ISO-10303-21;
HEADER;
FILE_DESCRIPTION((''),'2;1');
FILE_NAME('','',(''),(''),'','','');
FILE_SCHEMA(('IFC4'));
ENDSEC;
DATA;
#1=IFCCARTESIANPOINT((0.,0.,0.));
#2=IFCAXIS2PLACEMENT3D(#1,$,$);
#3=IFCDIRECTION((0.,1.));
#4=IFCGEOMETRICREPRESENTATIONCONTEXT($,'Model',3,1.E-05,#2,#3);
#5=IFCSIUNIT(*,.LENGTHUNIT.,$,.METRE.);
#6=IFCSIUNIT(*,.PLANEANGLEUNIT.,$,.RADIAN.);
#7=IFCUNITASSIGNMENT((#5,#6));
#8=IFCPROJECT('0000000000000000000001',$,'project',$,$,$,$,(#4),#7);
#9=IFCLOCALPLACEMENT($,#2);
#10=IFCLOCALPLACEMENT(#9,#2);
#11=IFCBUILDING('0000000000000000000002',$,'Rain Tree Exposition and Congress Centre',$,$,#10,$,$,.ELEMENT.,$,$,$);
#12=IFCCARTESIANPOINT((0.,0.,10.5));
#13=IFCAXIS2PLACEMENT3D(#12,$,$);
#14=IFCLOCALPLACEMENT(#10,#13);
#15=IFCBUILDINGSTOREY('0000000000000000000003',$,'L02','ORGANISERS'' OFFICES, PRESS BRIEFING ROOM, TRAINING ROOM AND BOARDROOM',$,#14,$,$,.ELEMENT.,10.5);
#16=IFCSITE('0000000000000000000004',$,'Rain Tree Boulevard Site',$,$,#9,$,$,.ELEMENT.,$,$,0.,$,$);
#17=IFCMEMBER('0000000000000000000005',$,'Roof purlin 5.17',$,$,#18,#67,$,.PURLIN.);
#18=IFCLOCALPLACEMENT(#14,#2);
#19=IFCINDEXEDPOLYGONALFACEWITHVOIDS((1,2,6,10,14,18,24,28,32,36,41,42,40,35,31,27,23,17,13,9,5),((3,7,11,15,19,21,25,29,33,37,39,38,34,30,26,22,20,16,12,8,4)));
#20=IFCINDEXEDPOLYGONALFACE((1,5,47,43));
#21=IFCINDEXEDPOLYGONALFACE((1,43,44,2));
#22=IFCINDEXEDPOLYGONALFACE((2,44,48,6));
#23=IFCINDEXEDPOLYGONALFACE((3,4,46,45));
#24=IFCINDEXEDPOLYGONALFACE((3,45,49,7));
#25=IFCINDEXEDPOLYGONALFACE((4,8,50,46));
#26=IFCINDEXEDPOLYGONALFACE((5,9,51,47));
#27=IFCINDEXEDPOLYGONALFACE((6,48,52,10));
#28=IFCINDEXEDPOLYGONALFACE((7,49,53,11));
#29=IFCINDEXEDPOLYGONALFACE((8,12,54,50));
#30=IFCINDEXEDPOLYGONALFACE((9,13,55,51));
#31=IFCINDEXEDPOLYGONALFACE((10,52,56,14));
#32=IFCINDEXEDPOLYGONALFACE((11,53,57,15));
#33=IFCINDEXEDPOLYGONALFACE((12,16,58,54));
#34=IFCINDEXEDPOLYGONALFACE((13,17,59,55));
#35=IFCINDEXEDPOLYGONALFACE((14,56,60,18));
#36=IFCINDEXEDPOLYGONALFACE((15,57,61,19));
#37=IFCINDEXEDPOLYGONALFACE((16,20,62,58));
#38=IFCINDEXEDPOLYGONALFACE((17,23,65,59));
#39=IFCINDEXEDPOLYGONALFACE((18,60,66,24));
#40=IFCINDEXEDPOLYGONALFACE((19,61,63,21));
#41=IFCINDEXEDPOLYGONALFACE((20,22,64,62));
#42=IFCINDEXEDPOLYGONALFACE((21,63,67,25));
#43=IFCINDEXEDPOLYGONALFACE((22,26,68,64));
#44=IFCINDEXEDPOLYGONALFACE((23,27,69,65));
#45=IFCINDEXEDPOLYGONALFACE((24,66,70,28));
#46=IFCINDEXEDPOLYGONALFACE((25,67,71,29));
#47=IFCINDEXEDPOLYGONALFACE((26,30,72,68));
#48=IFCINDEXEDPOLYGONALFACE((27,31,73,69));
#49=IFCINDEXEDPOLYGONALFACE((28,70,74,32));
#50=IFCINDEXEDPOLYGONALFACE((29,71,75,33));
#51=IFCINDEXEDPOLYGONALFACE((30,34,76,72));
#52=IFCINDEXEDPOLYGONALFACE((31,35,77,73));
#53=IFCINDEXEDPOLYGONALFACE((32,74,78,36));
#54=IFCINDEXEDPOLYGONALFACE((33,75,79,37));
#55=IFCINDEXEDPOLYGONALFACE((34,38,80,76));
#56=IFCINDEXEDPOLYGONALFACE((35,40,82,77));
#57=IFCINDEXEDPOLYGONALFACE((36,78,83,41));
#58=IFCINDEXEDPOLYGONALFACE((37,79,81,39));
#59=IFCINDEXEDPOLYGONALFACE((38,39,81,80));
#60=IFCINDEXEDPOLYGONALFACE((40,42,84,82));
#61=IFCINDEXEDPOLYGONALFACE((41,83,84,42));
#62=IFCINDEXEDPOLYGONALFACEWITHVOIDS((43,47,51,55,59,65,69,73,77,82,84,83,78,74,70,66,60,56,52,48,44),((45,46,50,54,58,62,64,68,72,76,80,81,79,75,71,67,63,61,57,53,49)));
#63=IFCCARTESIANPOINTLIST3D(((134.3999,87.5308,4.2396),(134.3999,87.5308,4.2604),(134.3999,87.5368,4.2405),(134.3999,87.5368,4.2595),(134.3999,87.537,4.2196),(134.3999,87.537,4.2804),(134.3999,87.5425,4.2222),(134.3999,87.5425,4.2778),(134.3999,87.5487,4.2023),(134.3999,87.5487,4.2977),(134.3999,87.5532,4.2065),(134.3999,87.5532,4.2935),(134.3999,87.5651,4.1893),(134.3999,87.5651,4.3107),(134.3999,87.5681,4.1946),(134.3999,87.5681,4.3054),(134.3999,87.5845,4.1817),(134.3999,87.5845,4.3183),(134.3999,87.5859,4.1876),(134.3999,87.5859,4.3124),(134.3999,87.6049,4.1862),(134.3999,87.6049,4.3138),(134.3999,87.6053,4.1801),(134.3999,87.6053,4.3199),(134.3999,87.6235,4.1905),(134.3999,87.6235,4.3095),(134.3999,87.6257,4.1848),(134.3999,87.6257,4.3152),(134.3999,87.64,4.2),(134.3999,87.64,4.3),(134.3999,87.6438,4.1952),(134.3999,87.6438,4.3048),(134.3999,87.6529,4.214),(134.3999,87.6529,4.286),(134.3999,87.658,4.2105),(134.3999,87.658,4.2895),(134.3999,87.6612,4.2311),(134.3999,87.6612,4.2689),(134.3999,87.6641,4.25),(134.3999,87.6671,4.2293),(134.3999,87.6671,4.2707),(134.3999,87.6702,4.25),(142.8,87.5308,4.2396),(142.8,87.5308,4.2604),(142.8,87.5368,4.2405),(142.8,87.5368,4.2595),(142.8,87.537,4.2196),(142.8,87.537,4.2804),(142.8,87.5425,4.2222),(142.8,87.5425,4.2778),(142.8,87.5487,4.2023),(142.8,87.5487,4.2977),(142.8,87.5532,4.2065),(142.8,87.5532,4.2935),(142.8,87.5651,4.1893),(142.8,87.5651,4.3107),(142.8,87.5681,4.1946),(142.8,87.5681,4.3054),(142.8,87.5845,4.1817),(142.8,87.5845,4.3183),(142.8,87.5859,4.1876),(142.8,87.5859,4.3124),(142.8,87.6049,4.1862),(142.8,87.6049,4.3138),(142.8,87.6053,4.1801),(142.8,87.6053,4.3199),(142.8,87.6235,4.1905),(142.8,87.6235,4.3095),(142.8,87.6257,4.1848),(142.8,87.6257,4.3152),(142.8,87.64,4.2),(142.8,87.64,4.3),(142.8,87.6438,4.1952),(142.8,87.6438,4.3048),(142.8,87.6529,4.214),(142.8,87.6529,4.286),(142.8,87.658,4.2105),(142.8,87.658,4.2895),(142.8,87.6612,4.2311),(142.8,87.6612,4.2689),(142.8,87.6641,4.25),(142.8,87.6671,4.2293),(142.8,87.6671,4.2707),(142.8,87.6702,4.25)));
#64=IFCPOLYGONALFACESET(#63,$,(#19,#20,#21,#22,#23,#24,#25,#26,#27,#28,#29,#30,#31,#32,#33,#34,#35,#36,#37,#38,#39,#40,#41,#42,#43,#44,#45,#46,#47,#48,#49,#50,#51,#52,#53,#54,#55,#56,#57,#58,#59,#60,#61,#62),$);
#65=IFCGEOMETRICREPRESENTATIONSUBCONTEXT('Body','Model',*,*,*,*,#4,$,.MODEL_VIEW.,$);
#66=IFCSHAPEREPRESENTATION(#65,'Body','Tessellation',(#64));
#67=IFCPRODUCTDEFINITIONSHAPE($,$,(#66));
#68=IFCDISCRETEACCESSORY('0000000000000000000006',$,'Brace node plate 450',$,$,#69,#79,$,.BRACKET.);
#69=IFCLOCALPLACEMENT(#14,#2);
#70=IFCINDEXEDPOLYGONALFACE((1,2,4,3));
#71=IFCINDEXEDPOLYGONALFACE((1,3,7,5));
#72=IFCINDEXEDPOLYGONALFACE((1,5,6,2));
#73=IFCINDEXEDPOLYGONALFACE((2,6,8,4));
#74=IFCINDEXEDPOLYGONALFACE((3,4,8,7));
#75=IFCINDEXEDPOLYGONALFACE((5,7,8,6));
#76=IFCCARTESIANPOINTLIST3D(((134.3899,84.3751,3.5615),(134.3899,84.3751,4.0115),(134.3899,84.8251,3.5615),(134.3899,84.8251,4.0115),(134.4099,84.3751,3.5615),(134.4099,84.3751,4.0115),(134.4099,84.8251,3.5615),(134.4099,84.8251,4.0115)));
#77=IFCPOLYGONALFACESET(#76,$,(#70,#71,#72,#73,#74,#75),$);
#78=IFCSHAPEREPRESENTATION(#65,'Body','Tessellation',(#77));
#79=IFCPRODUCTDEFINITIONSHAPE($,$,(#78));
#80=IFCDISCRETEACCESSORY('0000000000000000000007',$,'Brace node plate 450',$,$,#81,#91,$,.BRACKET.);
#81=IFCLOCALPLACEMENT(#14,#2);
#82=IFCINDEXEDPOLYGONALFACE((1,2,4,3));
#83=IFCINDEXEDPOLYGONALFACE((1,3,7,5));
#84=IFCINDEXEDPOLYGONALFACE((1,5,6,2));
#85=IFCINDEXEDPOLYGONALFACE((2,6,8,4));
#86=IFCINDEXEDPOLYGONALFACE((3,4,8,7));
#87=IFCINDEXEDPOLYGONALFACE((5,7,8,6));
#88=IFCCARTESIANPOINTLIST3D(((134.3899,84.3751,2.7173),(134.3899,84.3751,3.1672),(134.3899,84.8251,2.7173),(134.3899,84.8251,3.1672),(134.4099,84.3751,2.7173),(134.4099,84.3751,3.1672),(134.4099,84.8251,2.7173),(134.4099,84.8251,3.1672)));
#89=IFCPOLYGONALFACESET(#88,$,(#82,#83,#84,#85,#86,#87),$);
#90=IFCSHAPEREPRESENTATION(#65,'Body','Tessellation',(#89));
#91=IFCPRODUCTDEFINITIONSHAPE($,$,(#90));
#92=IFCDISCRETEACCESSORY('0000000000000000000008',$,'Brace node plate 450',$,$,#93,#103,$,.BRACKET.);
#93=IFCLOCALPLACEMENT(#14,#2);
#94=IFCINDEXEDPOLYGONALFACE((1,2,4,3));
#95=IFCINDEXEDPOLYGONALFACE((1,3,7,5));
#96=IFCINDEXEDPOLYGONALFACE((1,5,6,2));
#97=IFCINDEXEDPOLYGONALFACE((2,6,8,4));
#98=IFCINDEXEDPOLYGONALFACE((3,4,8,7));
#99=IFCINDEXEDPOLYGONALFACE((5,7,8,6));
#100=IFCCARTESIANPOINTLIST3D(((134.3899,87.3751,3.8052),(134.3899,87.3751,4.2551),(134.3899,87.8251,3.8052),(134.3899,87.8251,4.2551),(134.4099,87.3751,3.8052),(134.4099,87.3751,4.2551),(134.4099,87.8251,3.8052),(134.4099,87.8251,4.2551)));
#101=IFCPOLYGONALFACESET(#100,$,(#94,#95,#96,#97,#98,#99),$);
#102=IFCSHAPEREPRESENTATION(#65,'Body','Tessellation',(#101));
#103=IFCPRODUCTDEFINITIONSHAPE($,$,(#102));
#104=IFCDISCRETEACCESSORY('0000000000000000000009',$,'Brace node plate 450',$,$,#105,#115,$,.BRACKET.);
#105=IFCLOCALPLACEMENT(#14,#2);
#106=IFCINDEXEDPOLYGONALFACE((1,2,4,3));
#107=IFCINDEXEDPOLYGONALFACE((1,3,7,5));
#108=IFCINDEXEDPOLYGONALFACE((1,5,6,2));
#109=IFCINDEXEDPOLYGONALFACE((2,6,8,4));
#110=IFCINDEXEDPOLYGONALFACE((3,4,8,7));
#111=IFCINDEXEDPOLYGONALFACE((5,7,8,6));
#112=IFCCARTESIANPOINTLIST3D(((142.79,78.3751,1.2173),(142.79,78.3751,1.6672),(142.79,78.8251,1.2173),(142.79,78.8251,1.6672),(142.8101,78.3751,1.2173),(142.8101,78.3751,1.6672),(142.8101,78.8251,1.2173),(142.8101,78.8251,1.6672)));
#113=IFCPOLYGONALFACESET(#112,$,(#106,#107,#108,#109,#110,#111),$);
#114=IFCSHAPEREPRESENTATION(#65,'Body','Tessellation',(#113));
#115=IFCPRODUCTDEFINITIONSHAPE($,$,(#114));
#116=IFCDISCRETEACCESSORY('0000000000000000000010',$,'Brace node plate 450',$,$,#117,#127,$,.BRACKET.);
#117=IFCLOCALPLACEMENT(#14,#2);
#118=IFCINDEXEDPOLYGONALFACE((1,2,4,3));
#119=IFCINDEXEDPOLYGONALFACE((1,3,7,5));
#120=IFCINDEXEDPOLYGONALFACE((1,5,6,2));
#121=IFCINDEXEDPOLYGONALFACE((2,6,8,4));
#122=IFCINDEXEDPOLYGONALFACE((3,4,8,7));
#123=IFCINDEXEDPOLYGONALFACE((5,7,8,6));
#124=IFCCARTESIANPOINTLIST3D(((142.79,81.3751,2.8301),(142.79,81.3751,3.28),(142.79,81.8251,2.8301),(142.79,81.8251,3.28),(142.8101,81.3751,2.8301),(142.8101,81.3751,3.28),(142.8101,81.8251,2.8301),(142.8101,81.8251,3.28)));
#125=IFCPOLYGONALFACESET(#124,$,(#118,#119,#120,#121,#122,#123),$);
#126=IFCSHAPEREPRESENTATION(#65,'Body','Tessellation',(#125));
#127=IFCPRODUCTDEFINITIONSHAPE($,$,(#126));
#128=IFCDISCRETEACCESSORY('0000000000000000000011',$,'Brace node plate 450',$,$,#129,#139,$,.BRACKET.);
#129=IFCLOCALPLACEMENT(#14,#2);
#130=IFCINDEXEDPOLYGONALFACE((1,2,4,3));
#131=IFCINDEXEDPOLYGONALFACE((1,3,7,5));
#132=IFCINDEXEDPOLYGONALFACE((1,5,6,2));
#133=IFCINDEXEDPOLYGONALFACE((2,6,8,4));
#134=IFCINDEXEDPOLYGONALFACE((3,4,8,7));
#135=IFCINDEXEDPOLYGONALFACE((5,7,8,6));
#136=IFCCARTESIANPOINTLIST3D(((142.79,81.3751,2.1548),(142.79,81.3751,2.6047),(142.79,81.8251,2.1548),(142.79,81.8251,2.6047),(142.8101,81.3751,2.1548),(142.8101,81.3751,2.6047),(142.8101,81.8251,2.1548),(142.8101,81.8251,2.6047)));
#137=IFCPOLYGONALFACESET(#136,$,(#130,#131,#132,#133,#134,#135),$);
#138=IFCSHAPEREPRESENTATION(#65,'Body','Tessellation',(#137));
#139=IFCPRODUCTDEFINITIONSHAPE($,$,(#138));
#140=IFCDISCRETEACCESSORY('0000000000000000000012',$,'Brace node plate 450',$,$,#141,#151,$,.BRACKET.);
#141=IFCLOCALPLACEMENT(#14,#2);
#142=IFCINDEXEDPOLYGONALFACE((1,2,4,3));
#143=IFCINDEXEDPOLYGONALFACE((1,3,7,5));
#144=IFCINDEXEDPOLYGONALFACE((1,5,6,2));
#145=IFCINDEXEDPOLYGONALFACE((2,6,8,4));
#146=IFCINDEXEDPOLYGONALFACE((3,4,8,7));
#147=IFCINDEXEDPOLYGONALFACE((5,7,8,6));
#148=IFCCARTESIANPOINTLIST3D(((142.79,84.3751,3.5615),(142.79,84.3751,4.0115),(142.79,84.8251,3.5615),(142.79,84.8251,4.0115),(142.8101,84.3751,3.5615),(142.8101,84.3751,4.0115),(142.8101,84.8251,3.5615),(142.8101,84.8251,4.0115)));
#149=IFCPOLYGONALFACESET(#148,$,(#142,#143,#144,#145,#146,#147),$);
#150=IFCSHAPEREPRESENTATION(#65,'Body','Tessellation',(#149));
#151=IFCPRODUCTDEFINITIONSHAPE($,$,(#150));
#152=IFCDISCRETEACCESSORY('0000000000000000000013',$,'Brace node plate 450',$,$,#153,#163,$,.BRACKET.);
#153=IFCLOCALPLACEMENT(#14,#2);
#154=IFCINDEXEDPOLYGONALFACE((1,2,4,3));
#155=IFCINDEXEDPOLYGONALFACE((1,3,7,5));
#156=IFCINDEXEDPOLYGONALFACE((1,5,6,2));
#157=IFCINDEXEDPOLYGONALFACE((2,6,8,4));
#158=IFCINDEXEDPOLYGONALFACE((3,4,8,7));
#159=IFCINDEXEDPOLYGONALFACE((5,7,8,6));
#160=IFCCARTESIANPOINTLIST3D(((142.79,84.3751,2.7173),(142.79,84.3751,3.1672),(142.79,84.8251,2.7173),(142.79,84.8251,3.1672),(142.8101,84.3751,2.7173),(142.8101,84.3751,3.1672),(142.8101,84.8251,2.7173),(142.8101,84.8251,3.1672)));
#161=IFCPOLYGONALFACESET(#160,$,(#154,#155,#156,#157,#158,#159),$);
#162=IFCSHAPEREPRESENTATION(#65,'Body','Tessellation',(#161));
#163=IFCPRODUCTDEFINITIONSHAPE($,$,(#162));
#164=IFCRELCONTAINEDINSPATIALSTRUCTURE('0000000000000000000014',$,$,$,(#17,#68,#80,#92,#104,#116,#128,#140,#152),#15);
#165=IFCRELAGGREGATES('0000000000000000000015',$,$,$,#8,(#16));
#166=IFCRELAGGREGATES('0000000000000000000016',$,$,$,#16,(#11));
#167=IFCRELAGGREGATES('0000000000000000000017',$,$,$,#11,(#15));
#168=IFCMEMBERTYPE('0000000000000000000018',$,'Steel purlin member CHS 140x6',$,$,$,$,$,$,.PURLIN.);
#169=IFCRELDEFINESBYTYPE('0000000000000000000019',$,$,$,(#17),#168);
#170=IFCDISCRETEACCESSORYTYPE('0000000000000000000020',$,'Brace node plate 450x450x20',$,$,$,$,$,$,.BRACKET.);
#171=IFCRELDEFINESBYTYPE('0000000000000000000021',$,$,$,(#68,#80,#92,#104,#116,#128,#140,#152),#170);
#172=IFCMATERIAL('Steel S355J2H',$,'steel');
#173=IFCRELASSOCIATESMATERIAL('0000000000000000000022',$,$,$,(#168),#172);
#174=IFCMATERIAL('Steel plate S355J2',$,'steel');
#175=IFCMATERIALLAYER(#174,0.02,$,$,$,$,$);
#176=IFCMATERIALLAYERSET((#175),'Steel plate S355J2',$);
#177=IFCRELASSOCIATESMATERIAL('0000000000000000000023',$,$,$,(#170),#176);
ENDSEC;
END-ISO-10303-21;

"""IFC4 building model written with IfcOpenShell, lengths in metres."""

from ifc_helpers import new_model, si_unit, direction, frame, origin, origin_2d, place, context, subcontext, project, spatial, rectangle, hollow_circle, extrude, material, layer, layer_set, material_profile, profile_set, type_object, element, save


model = new_model("IFC4")

# Units and contexts
model_context = context("Model", 3, precision=1e-05, world=origin(), true_north=direction((0.0, 1.0)))
body_context = subcontext(model_context, "Body", "Model", "MODEL_VIEW")
ifc_project = project(units=[si_unit("LENGTHUNIT", "METRE"), si_unit("PLANEANGLEUNIT", "RADIAN")], contexts=[model_context])

# Site, building, storey
site_placement = place(None, origin())
site = spatial("IfcSite", under=ifc_project, at=site_placement, Name="Rain Tree Boulevard Site", CompositionType="ELEMENT", RefElevation=0.0)
building_placement = place(site_placement, origin())
building = spatial("IfcBuilding", under=site, at=building_placement, Name="Rain Tree Exposition and Congress Centre", CompositionType="ELEMENT")
storey_placement = place(building_placement, frame((0.0, 0.0, 10.5)))
storey = spatial("IfcBuildingStorey", under=building, at=storey_placement, Name="L02", Description="ORGANISERS' OFFICES, PRESS BRIEFING ROOM, TRAINING ROOM AND BOARDROOM", CompositionType="ELEMENT", Elevation=10.5)

# Member
ifc_material_1 = material(Name="Steel S355J2H", Category="steel")
ifc_material_profile_1 = material_profile(ifc_material_1, hollow_circle(Radius=0.0701, WallThickness=0.0061, at=origin_2d()), Name="CHS 140x6")
ifc_profile_set_1 = profile_set([ifc_material_profile_1], Name="Steel S355J2H")
member_type_1 = type_object("IfcMemberType", Name="Steel purlin member CHS 140x6", PredefinedType="PURLIN", material=ifc_profile_set_1)
member_1_placement = place(storey_placement, frame((134.3999, 87.6001, 4.25), z_axis=(1.0, 0.0, 0.0), x_axis=(0.0, 1.0, 0.0)))
element("IfcMember", 1, at=member_1_placement, inside=storey, type_object=member_type_1, Name="Roof purlin 5.17", PredefinedType="PURLIN", context=body_context, shape_type="SweptSolid", body=[
    extrude(hollow_circle(Radius=0.0701, WallThickness=0.0061, at=origin_2d()), origin(), (0.0, 0.0, 1.0), 8.4001),
])

# Discrete accessories
ifc_material_2 = material(Name="Steel plate S355J2", Category="steel")
ifc_layer = layer(ifc_material_2, 0.02)
ifc_layer_set = layer_set([ifc_layer], Name="Steel plate S355J2")
discrete_accessory_type = type_object("IfcDiscreteAccessoryType", Name="Brace node plate 450x450x20", PredefinedType="BRACKET", material=ifc_layer_set)
for number, where, z_axis, x_axis, name in (
    (2, (134.3999, 84.6001, 3.5615), (0.0, 0.0, 1.0), (0.0, -1.0, 0.0), "Brace node plate 450"),
    (3, (134.3999, 84.6001, 2.7173), (0.0, 0.0, 1.0), (0.0, 1.0, 0.0), "Brace node plate 450"),
    (4, (134.3999, 87.6001, 3.8052), (0.0, 0.0, 1.0), (0.0, 1.0, 0.0), "Brace node plate 450"),
    (5, (142.8, 78.6001, 1.2173), (0.0, 0.0, 1.0), (0.0, 1.0, 0.0), "Brace node plate 450"),
    (6, (142.8, 81.6001, 2.8301), (0.0, 0.0, 1.0), (0.0, -1.0, 0.0), "Brace node plate 450"),
    (7, (142.8, 81.6001, 2.1548), (0.0, 0.0, 1.0), (0.0, 1.0, 0.0), "Brace node plate 450"),
    (8, (142.8, 84.6001, 3.5615), (0.0, 0.0, 1.0), (0.0, -1.0, 0.0), "Brace node plate 450"),
    (9, (142.8, 84.6001, 2.7173), (0.0, 0.0, 1.0), (0.0, 1.0, 0.0), "Brace node plate 450"),
):
    element("IfcDiscreteAccessory", number, at=place(storey_placement, frame(where, z_axis=z_axis, x_axis=x_axis)), inside=storey, type_object=discrete_accessory_type, Name=name, PredefinedType="BRACKET", context=body_context, shape_type="SweptSolid", body=[
        extrude(rectangle(XDim=0.45, YDim=0.02, at=origin_2d()), origin(), (0.0, 0.0, 1.0), 0.45),
    ])

save(model, "model.ifc")
